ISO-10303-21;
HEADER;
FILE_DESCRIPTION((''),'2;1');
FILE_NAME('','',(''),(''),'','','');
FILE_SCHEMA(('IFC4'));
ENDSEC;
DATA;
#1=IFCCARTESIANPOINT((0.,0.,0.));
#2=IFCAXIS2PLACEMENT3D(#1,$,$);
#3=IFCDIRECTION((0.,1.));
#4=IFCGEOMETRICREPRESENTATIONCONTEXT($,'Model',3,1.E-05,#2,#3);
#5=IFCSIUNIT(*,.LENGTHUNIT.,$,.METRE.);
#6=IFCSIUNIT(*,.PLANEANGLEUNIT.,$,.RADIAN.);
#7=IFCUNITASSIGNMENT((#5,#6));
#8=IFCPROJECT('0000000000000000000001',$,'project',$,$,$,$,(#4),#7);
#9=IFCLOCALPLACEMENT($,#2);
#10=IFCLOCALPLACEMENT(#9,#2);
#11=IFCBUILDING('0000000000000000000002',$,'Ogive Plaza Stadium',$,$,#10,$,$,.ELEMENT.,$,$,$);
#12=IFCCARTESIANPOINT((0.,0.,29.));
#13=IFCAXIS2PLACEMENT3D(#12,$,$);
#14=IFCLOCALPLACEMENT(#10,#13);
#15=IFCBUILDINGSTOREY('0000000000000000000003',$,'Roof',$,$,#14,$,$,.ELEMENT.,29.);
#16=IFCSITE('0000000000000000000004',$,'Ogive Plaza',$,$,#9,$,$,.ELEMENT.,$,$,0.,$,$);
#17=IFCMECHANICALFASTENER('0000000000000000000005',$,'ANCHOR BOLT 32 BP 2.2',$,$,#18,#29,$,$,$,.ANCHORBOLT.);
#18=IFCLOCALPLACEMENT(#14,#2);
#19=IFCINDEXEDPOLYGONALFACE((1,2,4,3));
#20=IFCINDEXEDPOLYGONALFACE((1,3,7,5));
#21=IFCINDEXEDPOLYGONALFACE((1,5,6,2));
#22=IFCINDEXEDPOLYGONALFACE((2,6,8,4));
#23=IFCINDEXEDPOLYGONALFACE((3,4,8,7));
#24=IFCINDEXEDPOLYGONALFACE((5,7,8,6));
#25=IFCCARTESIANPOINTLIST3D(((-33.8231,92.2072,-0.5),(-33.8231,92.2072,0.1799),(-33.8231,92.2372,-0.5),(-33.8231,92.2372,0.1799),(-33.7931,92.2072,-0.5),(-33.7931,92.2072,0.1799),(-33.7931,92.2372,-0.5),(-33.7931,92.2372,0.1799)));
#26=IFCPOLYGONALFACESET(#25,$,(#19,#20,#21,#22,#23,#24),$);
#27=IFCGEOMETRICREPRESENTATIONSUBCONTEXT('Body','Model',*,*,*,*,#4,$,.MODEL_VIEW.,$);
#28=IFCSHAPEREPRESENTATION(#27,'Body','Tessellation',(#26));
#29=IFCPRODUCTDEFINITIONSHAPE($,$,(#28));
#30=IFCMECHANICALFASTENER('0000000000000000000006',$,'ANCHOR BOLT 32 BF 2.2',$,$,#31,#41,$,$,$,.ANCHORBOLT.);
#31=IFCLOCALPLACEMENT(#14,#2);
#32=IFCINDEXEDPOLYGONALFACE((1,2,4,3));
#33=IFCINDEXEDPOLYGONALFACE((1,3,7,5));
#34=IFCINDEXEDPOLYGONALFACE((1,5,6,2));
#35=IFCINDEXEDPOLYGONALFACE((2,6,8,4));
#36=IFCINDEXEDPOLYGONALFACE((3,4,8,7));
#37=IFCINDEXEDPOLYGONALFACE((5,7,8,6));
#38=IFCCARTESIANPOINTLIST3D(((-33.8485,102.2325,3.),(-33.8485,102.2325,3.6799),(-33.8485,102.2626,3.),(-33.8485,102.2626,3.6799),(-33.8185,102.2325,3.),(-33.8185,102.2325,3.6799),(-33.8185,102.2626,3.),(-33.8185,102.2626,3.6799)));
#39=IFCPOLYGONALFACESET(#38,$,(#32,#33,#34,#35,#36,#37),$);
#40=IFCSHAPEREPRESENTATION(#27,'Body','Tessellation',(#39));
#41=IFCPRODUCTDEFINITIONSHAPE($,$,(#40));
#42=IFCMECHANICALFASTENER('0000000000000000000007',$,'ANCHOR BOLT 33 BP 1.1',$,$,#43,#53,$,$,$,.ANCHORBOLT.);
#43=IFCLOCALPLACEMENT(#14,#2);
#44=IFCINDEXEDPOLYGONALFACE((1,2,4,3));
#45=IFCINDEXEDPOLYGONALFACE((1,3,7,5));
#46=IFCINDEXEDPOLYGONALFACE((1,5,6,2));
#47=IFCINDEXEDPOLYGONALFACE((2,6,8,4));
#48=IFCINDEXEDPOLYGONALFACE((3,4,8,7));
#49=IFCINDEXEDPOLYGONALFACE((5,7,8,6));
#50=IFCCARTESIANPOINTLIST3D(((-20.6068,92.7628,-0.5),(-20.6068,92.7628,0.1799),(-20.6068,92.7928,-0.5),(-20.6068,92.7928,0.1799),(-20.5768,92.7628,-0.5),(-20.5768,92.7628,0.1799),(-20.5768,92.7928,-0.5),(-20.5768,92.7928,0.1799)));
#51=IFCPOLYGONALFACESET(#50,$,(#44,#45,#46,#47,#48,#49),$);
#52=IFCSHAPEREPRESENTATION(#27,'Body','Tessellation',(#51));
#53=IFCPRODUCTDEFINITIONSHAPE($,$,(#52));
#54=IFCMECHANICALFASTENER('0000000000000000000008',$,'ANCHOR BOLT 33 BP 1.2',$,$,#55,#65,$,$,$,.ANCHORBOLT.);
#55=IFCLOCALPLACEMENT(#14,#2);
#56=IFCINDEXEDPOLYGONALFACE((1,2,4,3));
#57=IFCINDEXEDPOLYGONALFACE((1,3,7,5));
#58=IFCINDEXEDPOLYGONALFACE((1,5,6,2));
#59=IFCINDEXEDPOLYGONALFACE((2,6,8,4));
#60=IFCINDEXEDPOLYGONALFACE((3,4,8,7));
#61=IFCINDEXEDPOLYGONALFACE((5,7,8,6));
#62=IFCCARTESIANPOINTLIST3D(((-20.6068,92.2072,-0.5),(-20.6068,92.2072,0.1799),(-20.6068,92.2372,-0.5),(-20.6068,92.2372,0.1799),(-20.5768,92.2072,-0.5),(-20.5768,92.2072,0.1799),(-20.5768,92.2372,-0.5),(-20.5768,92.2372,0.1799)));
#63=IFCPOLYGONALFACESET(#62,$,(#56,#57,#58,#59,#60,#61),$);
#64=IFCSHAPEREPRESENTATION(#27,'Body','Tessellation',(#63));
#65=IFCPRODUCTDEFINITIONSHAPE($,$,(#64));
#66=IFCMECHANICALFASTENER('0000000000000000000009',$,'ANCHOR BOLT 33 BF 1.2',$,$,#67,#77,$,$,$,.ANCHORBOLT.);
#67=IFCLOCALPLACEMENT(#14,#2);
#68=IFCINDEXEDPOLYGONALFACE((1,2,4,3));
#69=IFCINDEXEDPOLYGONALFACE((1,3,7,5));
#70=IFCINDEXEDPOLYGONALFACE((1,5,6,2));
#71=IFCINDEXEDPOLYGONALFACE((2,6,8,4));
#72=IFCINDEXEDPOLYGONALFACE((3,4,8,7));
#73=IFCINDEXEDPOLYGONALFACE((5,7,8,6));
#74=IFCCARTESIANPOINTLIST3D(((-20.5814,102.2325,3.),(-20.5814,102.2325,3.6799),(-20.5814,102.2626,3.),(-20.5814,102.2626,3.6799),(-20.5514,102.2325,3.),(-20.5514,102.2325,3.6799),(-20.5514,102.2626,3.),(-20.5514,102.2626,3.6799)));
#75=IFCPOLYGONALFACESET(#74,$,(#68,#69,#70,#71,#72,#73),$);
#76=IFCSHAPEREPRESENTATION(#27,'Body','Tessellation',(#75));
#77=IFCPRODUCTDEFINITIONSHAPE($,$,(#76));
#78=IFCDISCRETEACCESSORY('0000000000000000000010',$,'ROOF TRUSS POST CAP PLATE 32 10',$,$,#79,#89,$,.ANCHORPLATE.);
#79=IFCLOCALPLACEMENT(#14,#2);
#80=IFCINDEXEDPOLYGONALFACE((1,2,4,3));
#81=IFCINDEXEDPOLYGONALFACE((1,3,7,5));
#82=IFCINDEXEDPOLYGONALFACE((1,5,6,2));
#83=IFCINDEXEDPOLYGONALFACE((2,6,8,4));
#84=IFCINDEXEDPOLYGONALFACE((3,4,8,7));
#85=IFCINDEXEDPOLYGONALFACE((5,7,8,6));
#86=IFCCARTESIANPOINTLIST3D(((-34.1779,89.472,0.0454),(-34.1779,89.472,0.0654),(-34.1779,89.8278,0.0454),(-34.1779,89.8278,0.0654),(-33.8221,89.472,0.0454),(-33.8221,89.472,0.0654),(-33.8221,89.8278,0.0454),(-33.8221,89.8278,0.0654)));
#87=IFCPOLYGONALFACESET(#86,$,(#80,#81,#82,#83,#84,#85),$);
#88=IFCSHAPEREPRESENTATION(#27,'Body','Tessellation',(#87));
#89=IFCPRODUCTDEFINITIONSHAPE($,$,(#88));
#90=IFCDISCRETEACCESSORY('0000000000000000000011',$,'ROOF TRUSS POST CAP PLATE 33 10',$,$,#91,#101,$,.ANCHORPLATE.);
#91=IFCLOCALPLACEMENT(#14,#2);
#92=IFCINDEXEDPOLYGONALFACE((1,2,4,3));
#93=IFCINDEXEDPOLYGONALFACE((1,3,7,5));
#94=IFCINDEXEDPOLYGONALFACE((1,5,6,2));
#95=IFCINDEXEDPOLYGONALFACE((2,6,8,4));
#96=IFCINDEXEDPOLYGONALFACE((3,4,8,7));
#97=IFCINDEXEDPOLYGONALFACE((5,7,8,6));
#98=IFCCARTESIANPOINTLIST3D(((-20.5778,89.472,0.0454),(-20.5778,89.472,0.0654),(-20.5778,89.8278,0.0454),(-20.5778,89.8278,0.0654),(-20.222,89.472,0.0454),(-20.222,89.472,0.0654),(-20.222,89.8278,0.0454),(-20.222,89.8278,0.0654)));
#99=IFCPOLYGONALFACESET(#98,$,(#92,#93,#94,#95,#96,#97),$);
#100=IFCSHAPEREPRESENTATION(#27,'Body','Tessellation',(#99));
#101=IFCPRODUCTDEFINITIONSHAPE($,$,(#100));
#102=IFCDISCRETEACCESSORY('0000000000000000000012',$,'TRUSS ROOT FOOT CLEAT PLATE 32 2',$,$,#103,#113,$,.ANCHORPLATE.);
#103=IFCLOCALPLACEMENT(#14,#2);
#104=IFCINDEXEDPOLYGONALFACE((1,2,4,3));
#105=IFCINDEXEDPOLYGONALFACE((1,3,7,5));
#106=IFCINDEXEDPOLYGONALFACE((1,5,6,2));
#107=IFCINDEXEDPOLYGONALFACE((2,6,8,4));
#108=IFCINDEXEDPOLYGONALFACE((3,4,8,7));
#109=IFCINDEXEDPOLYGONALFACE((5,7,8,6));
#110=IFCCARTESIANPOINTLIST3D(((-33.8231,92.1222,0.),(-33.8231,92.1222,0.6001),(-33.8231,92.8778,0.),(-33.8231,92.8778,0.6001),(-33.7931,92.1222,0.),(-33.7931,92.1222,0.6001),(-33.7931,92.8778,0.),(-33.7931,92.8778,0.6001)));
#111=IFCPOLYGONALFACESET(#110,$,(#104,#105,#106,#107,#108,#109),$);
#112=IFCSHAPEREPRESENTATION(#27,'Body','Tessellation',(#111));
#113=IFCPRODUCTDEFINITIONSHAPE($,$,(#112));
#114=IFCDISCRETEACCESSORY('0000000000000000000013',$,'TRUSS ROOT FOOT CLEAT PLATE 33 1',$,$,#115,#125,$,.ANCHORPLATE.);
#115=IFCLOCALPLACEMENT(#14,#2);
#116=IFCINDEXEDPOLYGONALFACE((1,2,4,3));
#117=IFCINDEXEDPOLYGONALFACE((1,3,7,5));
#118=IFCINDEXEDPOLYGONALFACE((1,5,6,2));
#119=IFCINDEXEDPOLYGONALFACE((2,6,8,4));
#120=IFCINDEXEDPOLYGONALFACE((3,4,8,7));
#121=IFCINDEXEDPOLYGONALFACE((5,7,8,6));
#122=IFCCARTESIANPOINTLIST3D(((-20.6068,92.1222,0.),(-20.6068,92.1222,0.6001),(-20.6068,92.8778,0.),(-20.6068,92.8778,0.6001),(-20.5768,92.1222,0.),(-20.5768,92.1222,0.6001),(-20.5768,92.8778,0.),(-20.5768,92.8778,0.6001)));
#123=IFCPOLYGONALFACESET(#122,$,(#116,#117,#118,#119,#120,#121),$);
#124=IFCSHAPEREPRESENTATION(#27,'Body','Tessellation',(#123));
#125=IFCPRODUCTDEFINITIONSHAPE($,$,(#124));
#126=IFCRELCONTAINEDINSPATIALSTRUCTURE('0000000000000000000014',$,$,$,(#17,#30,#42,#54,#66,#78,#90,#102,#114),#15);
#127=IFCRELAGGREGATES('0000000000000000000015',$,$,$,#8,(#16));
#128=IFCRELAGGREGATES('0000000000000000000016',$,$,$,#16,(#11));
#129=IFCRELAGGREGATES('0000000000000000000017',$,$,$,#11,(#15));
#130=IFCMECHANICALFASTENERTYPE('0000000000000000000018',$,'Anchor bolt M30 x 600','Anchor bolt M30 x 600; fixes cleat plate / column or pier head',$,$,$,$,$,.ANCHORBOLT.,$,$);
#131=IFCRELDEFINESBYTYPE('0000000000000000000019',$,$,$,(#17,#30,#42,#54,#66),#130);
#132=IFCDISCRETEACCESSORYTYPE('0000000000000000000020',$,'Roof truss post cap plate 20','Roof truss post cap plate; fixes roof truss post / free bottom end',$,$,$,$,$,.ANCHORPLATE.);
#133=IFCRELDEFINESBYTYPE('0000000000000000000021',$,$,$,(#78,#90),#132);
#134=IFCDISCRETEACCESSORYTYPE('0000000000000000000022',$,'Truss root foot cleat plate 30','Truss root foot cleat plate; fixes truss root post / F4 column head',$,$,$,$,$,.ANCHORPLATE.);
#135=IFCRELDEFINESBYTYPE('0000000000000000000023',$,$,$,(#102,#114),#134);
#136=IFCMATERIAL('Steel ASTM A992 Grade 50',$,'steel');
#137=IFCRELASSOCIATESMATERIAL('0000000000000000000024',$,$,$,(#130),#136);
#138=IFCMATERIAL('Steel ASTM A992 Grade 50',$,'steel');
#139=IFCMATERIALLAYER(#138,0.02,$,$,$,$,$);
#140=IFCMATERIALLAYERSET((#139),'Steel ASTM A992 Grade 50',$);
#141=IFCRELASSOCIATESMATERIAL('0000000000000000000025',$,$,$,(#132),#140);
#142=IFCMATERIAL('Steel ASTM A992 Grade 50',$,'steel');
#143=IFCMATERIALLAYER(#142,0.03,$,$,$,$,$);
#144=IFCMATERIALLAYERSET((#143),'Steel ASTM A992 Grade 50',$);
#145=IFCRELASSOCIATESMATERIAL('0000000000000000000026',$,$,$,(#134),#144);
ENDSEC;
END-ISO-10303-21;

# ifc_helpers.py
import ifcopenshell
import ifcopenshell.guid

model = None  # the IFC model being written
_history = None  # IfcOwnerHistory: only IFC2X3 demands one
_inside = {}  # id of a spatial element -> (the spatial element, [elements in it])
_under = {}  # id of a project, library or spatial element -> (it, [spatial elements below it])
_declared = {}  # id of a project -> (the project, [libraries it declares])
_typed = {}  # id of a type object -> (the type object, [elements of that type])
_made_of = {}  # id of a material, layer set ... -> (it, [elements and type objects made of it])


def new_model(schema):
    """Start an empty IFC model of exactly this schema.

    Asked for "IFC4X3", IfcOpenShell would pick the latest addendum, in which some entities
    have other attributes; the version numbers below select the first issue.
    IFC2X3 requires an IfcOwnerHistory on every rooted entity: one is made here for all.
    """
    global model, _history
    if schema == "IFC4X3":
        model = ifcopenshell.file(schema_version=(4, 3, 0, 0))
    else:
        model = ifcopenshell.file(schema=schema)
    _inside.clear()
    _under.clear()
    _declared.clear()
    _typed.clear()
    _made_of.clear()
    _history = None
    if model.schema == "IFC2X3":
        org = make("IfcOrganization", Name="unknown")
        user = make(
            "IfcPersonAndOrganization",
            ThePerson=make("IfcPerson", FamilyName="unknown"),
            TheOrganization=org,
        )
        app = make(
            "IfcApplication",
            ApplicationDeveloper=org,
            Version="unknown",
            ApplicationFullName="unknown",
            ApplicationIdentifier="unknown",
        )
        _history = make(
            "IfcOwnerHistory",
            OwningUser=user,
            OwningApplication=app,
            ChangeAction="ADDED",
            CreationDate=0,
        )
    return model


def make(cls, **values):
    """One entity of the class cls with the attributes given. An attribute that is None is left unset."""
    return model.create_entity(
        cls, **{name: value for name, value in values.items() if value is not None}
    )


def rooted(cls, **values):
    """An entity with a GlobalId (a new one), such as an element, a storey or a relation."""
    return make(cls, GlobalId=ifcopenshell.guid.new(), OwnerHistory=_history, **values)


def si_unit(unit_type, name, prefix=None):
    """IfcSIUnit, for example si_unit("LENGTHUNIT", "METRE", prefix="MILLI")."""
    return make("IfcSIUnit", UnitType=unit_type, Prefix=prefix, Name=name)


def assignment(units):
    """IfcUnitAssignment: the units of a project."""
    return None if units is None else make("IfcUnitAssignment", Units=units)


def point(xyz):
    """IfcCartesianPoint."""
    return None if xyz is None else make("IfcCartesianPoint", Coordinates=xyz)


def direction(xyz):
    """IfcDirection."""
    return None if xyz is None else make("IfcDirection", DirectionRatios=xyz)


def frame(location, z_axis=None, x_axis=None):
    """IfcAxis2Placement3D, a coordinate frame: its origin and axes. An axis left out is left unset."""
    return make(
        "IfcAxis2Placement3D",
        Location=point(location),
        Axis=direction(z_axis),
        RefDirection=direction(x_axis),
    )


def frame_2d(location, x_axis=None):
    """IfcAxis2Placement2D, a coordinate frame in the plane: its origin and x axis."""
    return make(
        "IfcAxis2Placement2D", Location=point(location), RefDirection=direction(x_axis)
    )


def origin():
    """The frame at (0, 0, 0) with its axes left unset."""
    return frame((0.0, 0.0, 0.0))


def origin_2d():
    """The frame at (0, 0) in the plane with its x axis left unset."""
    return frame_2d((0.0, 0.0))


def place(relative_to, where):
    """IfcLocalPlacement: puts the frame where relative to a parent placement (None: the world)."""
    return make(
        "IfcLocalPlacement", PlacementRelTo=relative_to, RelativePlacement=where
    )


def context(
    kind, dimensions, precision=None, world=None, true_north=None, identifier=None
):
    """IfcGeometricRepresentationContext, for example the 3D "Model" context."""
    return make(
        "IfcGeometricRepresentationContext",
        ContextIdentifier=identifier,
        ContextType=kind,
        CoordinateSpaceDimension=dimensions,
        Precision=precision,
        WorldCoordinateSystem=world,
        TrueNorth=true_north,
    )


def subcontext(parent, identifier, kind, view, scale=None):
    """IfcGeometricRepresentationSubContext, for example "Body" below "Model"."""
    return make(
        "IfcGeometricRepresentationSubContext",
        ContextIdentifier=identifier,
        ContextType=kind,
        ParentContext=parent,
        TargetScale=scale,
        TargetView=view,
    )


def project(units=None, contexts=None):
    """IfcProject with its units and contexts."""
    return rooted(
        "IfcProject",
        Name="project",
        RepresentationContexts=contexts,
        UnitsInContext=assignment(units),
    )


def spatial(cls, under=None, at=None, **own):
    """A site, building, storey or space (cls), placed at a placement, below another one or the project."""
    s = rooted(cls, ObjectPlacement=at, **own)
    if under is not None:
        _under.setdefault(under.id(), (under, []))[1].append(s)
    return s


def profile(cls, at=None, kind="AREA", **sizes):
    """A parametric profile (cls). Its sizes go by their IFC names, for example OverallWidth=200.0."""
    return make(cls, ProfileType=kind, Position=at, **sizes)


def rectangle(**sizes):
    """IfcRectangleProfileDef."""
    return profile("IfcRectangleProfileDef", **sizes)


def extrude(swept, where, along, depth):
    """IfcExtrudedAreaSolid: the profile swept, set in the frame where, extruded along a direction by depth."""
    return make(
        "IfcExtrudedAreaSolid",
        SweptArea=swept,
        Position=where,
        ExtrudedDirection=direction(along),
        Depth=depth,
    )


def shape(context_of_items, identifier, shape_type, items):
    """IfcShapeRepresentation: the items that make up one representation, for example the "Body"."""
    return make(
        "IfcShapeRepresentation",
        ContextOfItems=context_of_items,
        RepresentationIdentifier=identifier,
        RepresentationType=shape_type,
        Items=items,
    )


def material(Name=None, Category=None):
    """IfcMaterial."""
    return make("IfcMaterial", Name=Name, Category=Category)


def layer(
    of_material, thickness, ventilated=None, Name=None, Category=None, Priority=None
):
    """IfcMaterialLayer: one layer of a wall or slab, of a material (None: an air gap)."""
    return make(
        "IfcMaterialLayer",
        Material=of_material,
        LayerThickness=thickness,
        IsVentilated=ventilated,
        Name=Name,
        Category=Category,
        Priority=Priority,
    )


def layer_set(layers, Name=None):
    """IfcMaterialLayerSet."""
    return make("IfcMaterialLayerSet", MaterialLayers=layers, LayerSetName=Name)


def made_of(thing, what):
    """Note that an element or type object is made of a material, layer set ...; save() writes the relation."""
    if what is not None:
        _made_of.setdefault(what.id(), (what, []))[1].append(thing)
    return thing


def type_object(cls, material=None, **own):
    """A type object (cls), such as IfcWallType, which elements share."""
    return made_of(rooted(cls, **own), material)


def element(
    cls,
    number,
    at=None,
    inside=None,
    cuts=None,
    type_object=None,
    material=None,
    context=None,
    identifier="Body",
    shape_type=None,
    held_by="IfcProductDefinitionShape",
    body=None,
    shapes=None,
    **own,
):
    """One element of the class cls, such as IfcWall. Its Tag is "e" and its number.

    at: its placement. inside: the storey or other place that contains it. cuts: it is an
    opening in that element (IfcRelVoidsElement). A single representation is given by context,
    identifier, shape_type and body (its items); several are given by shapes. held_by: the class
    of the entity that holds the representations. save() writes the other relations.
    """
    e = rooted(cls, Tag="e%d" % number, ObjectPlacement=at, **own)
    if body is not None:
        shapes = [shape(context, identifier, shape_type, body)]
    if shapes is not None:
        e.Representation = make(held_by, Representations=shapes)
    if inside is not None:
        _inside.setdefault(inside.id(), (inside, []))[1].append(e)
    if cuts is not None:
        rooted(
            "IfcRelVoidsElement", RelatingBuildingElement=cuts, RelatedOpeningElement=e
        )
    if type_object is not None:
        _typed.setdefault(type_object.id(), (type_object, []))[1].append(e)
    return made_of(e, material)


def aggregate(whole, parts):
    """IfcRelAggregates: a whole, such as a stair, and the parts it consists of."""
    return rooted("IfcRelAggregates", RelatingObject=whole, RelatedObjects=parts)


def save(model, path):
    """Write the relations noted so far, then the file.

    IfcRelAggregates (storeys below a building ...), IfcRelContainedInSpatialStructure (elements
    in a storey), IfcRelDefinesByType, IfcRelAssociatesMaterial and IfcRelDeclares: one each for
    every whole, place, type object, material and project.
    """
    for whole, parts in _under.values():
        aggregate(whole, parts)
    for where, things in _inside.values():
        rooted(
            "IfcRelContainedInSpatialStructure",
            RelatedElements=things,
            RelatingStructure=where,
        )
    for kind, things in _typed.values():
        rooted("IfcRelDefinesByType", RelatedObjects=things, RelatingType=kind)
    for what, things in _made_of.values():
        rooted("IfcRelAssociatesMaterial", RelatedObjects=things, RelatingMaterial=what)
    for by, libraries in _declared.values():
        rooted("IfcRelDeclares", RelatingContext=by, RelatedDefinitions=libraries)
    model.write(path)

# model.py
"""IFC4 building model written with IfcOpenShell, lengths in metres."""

from ifc_helpers import new_model, si_unit, direction, frame, origin, origin_2d, place, context, subcontext, project, spatial, rectangle, extrude, material, layer, layer_set, type_object, element, save


model = new_model("IFC4")

# Units and contexts
model_context = context("Model", 3, precision=1e-05, world=origin(), true_north=direction((0.0, 1.0)))
body_context = subcontext(model_context, "Body", "Model", "MODEL_VIEW")
ifc_project = project(units=[si_unit("LENGTHUNIT", "METRE"), si_unit("PLANEANGLEUNIT", "RADIAN")], contexts=[model_context])

# Site, building, storey
site_placement = place(None, origin())
site = spatial("IfcSite", under=ifc_project, at=site_placement, Name="Ogive Plaza", CompositionType="ELEMENT", RefElevation=0.0)
building_placement = place(site_placement, origin())
building = spatial("IfcBuilding", under=site, at=building_placement, Name="Ogive Plaza Stadium", CompositionType="ELEMENT")
storey_placement = place(building_placement, frame((0.0, 0.0, 29.0)))
storey = spatial("IfcBuildingStorey", under=building, at=storey_placement, Name="Roof", CompositionType="ELEMENT", Elevation=29.0)

# Mechanical fasteners
ifc_material_1 = material(Name="Steel ASTM A992 Grade 50", Category="steel")
mechanical_fastener_type = type_object("IfcMechanicalFastenerType", Name="Anchor bolt M30 x 600", Description="Anchor bolt M30 x 600; fixes cleat plate / column or pier head", PredefinedType="ANCHORBOLT", material=ifc_material_1)
for number, where, z_axis, x_axis, name in (
    (1, (-33.8081, 92.2222, -0.5), (0.0, 0.0, 1.0), (0.0, 1.0, 0.0), "ANCHOR BOLT 32 BP 2.2"),
    (2, (-33.8335, 102.2476, 3.0), (0.0, 0.0, 1.0), (0.0, 1.0, 0.0), "ANCHOR BOLT 32 BF 2.2"),
    (3, (-20.5918, 92.7778, -0.5), (0.0, 0.0, 1.0), (0.0, 1.0, 0.0), "ANCHOR BOLT 33 BP 1.1"),
    (4, (-20.5918, 92.2222, -0.5), (0.0, 0.0, 1.0), (0.0, 1.0, 0.0), "ANCHOR BOLT 33 BP 1.2"),
    (5, (-20.5664, 102.2476, 3.0), (0.0, 0.0, 1.0), (0.0, 1.0, 0.0), "ANCHOR BOLT 33 BF 1.2"),
):
    element("IfcMechanicalFastener", number, at=place(storey_placement, frame(where, z_axis=z_axis, x_axis=x_axis)), inside=storey, type_object=mechanical_fastener_type, Name=name, PredefinedType="ANCHORBOLT", context=body_context, shape_type="SweptSolid", body=[
        extrude(rectangle(XDim=0.03, YDim=0.03, at=origin_2d()), origin(), (0.0, 0.0, 1.0), 0.6799),
    ])

# Discrete accessories
ifc_material_2 = material(Name="Steel ASTM A992 Grade 50", Category="steel")
ifc_layer_1 = layer(ifc_material_2, 0.02)
ifc_layer_set_1 = layer_set([ifc_layer_1], Name="Steel ASTM A992 Grade 50")
discrete_accessory_type_1 = type_object("IfcDiscreteAccessoryType", Name="Roof truss post cap plate 20", Description="Roof truss post cap plate; fixes roof truss post / free bottom end", PredefinedType="ANCHORPLATE", material=ifc_layer_set_1)
for number, where, z_axis, x_axis, name in (
    (6, (-34.0, 89.6499, 0.0454), (0.0, 0.0, 1.0), (0.0, 1.0, 0.0), "ROOF TRUSS POST CAP PLATE 32 10"),
    (7, (-20.3999, 89.6499, 0.0454), (0.0, 0.0, 1.0), (0.0, 1.0, 0.0), "ROOF TRUSS POST CAP PLATE 33 10"),
):
    element("IfcDiscreteAccessory", number, at=place(storey_placement, frame(where, z_axis=z_axis, x_axis=x_axis)), inside=storey, type_object=discrete_accessory_type_1, Name=name, PredefinedType="ANCHORPLATE", context=body_context, shape_type="SweptSolid", body=[
        extrude(rectangle(XDim=0.3557, YDim=0.3557, at=origin_2d()), origin(), (0.0, 0.0, 1.0), 0.02),
    ])
ifc_material_3 = material(Name="Steel ASTM A992 Grade 50", Category="steel")
ifc_layer_2 = layer(ifc_material_3, 0.03)
ifc_layer_set_2 = layer_set([ifc_layer_2], Name="Steel ASTM A992 Grade 50")
discrete_accessory_type_2 = type_object("IfcDiscreteAccessoryType", Name="Truss root foot cleat plate 30", Description="Truss root foot cleat plate; fixes truss root post / F4 column head", PredefinedType="ANCHORPLATE", material=ifc_layer_set_2)
for number, where, z_axis, x_axis, name in (
    (8, (-33.8081, 92.5, 0.0), (0.0, 0.0, 1.0), (0.0, 1.0, 0.0), "TRUSS ROOT FOOT CLEAT PLATE 32 2"),
    (9, (-20.5918, 92.5, 0.0), (0.0, 0.0, 1.0), (0.0, 1.0, 0.0), "TRUSS ROOT FOOT CLEAT PLATE 33 1"),
):
    element("IfcDiscreteAccessory", number, at=place(storey_placement, frame(where, z_axis=z_axis, x_axis=x_axis)), inside=storey, type_object=discrete_accessory_type_2, Name=name, PredefinedType="ANCHORPLATE", context=body_context, shape_type="SweptSolid", body=[
        extrude(rectangle(XDim=0.7556, YDim=0.03, at=origin_2d()), origin(), (0.0, 0.0, 1.0), 0.6001),
    ])

save(model, "model.ifc")
